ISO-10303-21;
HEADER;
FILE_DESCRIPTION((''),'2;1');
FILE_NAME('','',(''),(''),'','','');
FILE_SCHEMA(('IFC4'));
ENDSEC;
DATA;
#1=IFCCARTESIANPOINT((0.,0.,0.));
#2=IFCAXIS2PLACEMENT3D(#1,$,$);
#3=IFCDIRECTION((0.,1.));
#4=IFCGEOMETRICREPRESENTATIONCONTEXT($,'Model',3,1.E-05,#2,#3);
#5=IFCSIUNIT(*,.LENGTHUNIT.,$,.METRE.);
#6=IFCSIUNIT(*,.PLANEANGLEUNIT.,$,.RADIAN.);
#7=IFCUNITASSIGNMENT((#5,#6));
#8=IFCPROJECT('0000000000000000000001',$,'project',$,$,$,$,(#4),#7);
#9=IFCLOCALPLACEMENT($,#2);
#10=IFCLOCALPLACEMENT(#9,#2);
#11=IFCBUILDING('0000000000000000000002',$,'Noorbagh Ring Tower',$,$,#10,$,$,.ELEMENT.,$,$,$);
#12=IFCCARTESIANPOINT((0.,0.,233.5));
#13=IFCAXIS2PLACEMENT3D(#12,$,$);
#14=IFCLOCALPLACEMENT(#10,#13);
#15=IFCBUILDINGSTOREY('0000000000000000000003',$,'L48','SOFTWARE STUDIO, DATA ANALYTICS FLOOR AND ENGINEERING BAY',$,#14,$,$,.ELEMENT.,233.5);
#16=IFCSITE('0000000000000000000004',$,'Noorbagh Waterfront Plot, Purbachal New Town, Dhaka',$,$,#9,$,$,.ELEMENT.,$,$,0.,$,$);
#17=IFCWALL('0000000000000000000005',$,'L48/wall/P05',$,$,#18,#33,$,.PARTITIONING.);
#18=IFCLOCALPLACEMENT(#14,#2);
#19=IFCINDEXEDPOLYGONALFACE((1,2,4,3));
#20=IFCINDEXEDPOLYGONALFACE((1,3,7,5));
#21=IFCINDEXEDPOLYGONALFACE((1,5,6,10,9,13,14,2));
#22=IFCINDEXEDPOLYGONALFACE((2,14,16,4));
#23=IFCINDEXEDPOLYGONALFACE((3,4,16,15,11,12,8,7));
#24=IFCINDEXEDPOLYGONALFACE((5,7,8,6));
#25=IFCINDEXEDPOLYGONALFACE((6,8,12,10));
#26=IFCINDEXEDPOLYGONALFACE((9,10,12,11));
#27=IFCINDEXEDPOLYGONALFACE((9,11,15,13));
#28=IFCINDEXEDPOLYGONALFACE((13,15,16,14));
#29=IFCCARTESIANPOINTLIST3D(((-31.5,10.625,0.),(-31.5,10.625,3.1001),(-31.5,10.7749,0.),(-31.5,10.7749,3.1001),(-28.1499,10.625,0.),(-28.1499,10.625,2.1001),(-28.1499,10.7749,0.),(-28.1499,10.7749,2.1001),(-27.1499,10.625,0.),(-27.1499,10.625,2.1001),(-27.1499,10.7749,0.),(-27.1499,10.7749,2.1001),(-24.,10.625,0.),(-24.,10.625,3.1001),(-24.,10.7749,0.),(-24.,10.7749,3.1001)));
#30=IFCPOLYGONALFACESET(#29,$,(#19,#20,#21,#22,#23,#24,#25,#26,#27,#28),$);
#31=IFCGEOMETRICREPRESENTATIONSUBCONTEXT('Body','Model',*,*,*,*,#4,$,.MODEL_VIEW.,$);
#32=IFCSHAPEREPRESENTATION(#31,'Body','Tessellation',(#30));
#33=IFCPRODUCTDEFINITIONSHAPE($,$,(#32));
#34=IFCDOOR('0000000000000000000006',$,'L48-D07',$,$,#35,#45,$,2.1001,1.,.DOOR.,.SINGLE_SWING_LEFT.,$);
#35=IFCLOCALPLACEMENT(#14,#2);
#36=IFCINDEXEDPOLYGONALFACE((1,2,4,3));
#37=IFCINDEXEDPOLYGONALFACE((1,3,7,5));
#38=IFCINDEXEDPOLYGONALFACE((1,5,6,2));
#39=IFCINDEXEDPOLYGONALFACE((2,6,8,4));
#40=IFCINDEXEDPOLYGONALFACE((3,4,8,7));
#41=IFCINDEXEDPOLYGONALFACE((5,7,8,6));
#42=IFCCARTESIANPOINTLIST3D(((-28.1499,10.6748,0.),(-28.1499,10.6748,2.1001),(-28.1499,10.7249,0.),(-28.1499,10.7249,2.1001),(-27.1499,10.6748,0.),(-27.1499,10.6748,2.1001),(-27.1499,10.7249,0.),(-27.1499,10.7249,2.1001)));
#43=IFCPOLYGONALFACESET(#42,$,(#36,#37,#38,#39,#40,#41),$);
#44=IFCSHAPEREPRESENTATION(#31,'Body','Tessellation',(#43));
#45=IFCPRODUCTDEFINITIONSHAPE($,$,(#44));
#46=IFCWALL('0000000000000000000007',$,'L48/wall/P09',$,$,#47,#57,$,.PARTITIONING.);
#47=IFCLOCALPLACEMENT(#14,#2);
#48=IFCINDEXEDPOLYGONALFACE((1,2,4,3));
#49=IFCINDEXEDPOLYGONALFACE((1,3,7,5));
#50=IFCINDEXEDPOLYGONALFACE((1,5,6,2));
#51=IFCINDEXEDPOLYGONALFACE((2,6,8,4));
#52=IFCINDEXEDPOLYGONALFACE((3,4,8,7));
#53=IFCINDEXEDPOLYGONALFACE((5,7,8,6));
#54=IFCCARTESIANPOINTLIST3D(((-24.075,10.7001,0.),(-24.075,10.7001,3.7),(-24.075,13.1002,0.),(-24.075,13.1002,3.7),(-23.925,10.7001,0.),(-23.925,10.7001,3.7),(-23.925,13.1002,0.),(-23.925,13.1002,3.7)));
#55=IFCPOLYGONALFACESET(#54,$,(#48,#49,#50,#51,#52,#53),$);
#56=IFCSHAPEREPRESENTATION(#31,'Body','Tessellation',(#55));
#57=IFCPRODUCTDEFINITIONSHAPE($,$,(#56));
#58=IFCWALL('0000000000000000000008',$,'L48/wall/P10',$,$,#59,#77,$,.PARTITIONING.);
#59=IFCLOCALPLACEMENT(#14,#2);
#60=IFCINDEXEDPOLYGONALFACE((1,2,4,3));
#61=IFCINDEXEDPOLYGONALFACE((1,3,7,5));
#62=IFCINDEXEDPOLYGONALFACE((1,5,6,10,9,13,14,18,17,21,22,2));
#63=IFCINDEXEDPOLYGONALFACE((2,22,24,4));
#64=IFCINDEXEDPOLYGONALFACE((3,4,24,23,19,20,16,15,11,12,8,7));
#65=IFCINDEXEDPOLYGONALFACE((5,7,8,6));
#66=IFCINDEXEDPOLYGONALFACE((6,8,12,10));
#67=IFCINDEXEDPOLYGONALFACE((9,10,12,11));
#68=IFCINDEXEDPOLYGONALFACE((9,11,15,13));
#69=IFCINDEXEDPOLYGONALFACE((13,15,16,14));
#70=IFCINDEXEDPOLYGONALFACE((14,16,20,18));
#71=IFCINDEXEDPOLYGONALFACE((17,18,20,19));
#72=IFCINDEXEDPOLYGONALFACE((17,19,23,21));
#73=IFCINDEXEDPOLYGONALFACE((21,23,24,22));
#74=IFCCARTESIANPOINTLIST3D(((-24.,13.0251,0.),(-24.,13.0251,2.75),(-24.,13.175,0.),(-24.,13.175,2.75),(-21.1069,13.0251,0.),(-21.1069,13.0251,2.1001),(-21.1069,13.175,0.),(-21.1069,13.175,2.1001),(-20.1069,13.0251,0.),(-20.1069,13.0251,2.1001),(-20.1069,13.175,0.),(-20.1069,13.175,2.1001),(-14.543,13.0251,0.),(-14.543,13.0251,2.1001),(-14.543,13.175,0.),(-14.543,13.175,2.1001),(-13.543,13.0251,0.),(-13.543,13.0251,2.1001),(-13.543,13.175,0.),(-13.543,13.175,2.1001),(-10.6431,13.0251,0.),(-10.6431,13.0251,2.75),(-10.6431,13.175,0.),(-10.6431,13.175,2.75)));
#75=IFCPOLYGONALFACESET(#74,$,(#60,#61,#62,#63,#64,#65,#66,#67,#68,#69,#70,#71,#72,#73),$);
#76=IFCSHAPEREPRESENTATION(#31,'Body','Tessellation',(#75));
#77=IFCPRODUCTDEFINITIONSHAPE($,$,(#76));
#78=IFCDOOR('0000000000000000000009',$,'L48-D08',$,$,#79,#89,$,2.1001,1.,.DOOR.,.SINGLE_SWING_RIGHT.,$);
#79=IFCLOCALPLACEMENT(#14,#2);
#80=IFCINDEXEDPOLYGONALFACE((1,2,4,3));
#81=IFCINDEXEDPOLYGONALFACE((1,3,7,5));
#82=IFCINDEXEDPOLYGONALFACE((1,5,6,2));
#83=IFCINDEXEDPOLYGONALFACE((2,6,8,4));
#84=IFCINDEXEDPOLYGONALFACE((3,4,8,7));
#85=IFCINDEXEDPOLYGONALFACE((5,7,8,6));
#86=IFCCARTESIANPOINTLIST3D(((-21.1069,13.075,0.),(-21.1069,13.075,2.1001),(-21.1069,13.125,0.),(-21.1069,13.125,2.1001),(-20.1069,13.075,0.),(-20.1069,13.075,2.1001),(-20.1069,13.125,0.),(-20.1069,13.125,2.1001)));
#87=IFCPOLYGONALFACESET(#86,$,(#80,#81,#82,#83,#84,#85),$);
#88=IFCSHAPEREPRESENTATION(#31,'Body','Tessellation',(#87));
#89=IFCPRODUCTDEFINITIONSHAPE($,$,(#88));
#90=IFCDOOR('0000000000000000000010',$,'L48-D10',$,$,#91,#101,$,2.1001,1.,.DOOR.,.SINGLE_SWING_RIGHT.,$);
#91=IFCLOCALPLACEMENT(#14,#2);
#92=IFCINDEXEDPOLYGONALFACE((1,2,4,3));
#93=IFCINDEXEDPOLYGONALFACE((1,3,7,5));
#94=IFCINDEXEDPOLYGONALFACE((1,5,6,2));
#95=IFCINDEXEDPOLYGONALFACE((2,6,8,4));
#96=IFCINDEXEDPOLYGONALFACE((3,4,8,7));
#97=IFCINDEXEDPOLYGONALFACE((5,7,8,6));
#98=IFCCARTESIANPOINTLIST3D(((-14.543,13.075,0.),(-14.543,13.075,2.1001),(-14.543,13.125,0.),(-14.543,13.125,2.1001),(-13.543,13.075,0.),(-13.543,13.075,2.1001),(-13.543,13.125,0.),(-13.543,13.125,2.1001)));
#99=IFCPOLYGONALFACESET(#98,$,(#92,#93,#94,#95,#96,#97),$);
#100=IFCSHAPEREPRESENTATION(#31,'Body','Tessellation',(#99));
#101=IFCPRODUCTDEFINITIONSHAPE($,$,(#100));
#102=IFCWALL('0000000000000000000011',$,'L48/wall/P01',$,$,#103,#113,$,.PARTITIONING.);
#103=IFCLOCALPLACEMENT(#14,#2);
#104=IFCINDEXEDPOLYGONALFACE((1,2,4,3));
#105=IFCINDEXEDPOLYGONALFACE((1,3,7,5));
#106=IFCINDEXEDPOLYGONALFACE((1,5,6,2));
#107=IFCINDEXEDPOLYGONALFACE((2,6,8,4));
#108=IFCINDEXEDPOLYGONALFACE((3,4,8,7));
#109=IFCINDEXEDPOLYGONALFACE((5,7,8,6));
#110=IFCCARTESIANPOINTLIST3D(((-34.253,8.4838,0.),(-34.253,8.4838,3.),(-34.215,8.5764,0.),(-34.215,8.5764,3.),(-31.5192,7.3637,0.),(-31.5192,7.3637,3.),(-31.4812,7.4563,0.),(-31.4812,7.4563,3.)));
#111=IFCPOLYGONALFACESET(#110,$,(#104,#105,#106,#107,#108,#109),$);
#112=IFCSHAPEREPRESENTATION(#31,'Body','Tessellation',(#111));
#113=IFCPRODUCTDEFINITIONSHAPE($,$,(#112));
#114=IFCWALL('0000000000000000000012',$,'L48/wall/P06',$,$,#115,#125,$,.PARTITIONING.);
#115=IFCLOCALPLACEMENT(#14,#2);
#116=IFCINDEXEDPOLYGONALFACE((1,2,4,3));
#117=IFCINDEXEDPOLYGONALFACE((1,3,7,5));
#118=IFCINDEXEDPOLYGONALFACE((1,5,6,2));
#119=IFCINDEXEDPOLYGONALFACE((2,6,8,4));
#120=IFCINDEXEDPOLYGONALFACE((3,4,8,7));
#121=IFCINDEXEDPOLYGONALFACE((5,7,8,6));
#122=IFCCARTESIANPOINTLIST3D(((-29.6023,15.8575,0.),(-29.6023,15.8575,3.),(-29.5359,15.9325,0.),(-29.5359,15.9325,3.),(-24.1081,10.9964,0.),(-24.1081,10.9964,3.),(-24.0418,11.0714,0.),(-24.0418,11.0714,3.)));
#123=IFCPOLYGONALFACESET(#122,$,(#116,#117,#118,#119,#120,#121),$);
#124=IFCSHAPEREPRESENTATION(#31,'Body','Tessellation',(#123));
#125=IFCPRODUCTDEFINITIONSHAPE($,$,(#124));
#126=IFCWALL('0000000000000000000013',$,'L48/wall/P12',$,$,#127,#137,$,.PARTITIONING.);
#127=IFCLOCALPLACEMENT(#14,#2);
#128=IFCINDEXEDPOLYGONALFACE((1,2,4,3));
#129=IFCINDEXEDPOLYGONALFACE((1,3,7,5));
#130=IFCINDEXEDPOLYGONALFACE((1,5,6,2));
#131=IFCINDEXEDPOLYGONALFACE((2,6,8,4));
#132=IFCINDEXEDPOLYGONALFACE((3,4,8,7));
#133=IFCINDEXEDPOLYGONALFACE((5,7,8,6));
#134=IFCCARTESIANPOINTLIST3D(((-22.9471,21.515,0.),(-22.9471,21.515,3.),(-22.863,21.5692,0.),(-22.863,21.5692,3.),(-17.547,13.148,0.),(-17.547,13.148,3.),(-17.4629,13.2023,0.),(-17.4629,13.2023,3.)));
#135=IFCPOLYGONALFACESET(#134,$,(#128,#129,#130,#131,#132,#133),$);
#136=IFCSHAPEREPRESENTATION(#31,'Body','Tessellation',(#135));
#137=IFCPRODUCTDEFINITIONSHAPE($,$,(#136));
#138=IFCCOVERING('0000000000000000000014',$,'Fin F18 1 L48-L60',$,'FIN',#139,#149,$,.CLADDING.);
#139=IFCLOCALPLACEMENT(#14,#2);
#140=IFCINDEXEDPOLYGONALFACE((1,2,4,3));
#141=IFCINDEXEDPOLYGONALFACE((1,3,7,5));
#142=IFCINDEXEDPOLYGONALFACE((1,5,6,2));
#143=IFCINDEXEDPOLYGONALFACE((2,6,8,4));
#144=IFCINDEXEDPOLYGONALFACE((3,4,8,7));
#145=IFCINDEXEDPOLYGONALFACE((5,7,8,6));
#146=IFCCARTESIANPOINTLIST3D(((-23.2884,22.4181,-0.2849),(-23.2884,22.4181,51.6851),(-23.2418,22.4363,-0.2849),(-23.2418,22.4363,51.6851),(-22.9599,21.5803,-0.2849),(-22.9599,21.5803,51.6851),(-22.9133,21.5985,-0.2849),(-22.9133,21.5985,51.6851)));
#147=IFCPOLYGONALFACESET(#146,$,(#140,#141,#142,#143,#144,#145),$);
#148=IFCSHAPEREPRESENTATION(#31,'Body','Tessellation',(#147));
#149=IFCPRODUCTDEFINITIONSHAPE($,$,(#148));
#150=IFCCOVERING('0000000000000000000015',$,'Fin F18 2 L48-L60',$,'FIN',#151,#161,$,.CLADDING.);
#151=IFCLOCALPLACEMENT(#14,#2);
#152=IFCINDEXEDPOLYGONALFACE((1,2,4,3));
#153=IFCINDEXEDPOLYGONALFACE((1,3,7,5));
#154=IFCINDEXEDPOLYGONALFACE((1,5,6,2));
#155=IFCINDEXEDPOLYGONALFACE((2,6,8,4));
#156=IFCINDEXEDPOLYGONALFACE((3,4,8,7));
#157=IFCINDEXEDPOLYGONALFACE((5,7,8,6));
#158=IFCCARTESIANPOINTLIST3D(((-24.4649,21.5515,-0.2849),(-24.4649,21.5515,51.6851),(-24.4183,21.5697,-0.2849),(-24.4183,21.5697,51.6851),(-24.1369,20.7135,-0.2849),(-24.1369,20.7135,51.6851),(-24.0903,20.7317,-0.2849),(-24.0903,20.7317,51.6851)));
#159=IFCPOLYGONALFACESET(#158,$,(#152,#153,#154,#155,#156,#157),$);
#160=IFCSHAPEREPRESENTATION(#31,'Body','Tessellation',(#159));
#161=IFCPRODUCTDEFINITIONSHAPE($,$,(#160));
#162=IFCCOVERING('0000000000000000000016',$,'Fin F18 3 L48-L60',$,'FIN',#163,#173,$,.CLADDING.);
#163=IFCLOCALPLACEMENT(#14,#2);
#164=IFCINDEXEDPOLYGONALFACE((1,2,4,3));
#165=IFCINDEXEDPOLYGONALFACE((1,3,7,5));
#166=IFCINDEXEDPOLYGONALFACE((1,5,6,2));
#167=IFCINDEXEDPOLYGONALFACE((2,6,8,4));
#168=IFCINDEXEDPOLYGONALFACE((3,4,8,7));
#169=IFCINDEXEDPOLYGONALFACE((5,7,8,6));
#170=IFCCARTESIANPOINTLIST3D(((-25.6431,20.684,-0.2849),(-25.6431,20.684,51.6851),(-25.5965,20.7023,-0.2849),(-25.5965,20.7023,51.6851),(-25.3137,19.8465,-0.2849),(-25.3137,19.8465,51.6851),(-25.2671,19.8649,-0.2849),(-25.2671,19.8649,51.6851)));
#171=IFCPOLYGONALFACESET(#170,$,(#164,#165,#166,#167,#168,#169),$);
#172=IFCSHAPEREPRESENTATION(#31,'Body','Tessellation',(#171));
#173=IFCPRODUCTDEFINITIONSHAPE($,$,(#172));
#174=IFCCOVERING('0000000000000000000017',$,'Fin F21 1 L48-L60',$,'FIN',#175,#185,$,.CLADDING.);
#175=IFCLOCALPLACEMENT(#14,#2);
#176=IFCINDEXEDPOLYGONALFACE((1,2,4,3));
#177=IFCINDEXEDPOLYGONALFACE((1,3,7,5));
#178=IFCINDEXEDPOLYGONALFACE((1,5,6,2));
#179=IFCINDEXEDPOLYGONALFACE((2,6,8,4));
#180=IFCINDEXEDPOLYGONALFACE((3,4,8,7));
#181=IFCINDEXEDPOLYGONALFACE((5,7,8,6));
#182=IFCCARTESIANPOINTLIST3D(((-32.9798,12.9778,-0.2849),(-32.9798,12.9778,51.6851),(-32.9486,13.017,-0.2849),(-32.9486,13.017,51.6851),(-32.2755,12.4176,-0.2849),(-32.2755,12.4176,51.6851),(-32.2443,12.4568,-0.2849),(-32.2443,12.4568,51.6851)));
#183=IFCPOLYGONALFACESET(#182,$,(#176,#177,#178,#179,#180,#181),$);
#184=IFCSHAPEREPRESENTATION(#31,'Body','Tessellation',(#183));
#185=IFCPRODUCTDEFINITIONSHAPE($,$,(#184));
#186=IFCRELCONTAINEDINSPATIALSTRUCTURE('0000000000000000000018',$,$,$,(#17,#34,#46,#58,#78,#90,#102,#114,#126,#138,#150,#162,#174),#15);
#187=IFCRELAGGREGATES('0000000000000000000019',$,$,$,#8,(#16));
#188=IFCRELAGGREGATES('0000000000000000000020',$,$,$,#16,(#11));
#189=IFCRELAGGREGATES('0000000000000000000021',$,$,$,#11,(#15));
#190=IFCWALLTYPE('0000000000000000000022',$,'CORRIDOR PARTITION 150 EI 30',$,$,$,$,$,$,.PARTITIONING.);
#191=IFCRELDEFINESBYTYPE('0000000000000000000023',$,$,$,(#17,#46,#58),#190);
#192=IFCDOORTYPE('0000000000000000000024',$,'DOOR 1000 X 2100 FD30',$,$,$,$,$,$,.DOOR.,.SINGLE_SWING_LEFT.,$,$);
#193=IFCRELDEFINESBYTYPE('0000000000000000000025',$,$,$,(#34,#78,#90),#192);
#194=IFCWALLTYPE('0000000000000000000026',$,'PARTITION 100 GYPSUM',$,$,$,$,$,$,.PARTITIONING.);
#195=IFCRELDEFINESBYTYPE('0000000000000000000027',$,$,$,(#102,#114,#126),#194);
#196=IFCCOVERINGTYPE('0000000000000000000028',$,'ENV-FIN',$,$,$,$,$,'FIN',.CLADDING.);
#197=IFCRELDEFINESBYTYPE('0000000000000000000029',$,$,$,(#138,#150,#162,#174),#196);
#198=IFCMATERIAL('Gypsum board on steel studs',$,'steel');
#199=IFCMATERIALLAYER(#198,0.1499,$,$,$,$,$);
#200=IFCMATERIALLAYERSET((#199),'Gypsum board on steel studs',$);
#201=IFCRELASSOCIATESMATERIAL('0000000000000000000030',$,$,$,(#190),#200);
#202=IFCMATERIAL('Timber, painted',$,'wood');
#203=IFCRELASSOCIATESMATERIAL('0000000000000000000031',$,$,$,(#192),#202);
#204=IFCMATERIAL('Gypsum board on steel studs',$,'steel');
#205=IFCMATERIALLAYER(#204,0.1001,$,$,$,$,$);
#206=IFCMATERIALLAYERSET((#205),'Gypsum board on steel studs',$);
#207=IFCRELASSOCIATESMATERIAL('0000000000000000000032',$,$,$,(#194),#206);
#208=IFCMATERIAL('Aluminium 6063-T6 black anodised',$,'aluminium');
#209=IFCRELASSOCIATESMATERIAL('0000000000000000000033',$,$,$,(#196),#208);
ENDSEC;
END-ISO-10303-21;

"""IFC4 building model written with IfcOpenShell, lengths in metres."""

from ifc_helpers import new_model, si_unit, direction, frame, frame_2d, origin, origin_2d, place, context, subcontext, project, spatial, rectangle, extrude, material, layer, layer_set, material_profile, profile_set, type_object, element, fill, save


model = new_model("IFC4")

# Units and contexts
model_context = context("Model", 3, precision=1e-05, world=origin(), true_north=direction((0.0, 1.0)))
body_context = subcontext(model_context, "Body", "Model", "MODEL_VIEW")
ifc_project = project(units=[si_unit("LENGTHUNIT", "METRE"), si_unit("PLANEANGLEUNIT", "RADIAN")], contexts=[model_context])

# Site, building, storey
site_placement = place(None, origin())
site = spatial("IfcSite", under=ifc_project, at=site_placement, Name="Noorbagh Waterfront Plot, Purbachal New Town, Dhaka", CompositionType="ELEMENT", RefElevation=0.0)
building_placement = place(site_placement, origin())
building = spatial("IfcBuilding", under=site, at=building_placement, Name="Noorbagh Ring Tower", CompositionType="ELEMENT")
storey_placement = place(building_placement, frame((0.0, 0.0, 233.5)))
storey = spatial("IfcBuildingStorey", under=building, at=storey_placement, Name="L48", Description="SOFTWARE STUDIO, DATA ANALYTICS FLOOR AND ENGINEERING BAY", CompositionType="ELEMENT", Elevation=233.5)

# Shared definitions
ifc_material_1 = material(Name="Gypsum board on steel studs", Category="steel")
ifc_layer_1 = layer(ifc_material_1, 0.1499)
ifc_layer_set_1 = layer_set([ifc_layer_1], Name="Gypsum board on steel studs")
wall_type_1 = type_object("IfcWallType", Name="CORRIDOR PARTITION 150 EI 30", PredefinedType="PARTITIONING", material=ifc_layer_set_1)

# Wall, opening, door
wall_1_placement = place(storey_placement, frame((-31.5, 10.7, 0.0), z_axis=(0.0, 0.0, 1.0), x_axis=(1.0, 0.0, 0.0)))
wall_1 = element("IfcWall", 1, at=wall_1_placement, inside=storey, type_object=wall_type_1, Name="L48/wall/P05", PredefinedType="PARTITIONING", context=body_context, shape_type="SweptSolid", body=[
    extrude(rectangle(XDim=7.5, YDim=0.1499, at=frame_2d((3.75, 0.0))), origin(), (0.0, 0.0, 1.0), 3.1001),
])
opening_1_placement = place(wall_1_placement, frame((3.3501, 0.0, 0.0)))
opening_1 = element("IfcOpeningElement", 2, at=opening_1_placement, cuts=wall_1, PredefinedType="OPENING", context=body_context, shape_type="SweptSolid", body=[
    extrude(rectangle(XDim=1.0, YDim=2.1001, at=frame_2d((0.5, 1.05))), frame((0.0, 0.085, 0.0), z_axis=(0.0, -1.0, 0.0), x_axis=(1.0, 0.0, 0.0)), (0.0, 0.0, 1.0), 0.1699),
])
ifc_material_2 = material(Name="Timber, painted", Category="wood")
door_type = type_object("IfcDoorType", Name="DOOR 1000 X 2100 FD30", OperationType="SINGLE_SWING_LEFT", PredefinedType="DOOR", material=ifc_material_2)
door_1_placement = place(opening_1_placement, origin())
door_1 = element("IfcDoor", 3, at=door_1_placement, inside=storey, type_object=door_type, Name="L48-D07", OperationType="SINGLE_SWING_LEFT", OverallHeight=2.1001, OverallWidth=1.0, PredefinedType="DOOR", context=body_context, shape_type="SweptSolid", body=[
    extrude(rectangle(XDim=1.0, YDim=2.1001, at=frame_2d((0.5, 1.05))), frame((0.0, 0.0249, 0.0), z_axis=(0.0, -1.0, 0.0), x_axis=(1.0, 0.0, 0.0)), (0.0, 0.0, 1.0), 0.05),
])
fill(opening_1, door_1)

# Wall
wall_2_placement = place(storey_placement, frame((-24.0, 10.7, 0.0), z_axis=(0.0, 0.0, 1.0), x_axis=(0.0, 1.0, 0.0)))
element("IfcWall", 4, at=wall_2_placement, inside=storey, type_object=wall_type_1, Name="L48/wall/P09", PredefinedType="PARTITIONING", context=body_context, shape_type="SweptSolid", body=[
    extrude(rectangle(XDim=2.4001, YDim=0.1499, at=frame_2d((1.2002, 0.0))), origin(), (0.0, 0.0, 1.0), 3.7),
])

# Wall, openings, doors
wall_3_placement = place(storey_placement, frame((-24.0, 13.1001, 0.0), z_axis=(0.0, 0.0, 1.0), x_axis=(1.0, 0.0, 0.0)))
wall_3 = element("IfcWall", 5, at=wall_3_placement, inside=storey, type_object=wall_type_1, Name="L48/wall/P10", PredefinedType="PARTITIONING", context=body_context, shape_type="SweptSolid", body=[
    extrude(rectangle(XDim=13.3569, YDim=0.1499, at=frame_2d((6.6785, 0.0))), origin(), (0.0, 0.0, 1.0), 2.75),
])
opening_2_placement = place(wall_3_placement, frame((2.8931, 0.0, 0.0)))
opening_2 = element("IfcOpeningElement", 6, at=opening_2_placement, cuts=wall_3, PredefinedType="OPENING", context=body_context, shape_type="SweptSolid", body=[
    extrude(rectangle(XDim=1.0, YDim=2.1001, at=frame_2d((0.5, 1.05))), frame((0.0, 0.085, 0.0), z_axis=(0.0, -1.0, 0.0), x_axis=(1.0, 0.0, 0.0)), (0.0, 0.0, 1.0), 0.1699),
])
opening_3_placement = place(wall_3_placement, frame((9.457, 0.0, 0.0)))
opening_3 = element("IfcOpeningElement", 7, at=opening_3_placement, cuts=wall_3, PredefinedType="OPENING", context=body_context, shape_type="SweptSolid", body=[
    extrude(rectangle(XDim=1.0, YDim=2.1001, at=frame_2d((0.5, 1.05))), frame((0.0, 0.085, 0.0), z_axis=(0.0, -1.0, 0.0), x_axis=(1.0, 0.0, 0.0)), (0.0, 0.0, 1.0), 0.1699),
])
door_2_placement = place(opening_2_placement, origin())
door_2 = element("IfcDoor", 8, at=door_2_placement, inside=storey, type_object=door_type, Name="L48-D08", OperationType="SINGLE_SWING_RIGHT", OverallHeight=2.1001, OverallWidth=1.0, PredefinedType="DOOR", context=body_context, shape_type="SweptSolid", body=[
    extrude(rectangle(XDim=1.0, YDim=2.1001, at=frame_2d((0.5, 1.05))), frame((0.0, 0.0249, 0.0), z_axis=(0.0, -1.0, 0.0), x_axis=(1.0, 0.0, 0.0)), (0.0, 0.0, 1.0), 0.05),
])
fill(opening_2, door_2)
door_3_placement = place(opening_3_placement, origin())
door_3 = element("IfcDoor", 9, at=door_3_placement, inside=storey, type_object=door_type, Name="L48-D10", OperationType="SINGLE_SWING_RIGHT", OverallHeight=2.1001, OverallWidth=1.0, PredefinedType="DOOR", context=body_context, shape_type="SweptSolid", body=[
    extrude(rectangle(XDim=1.0, YDim=2.1001, at=frame_2d((0.5, 1.05))), frame((0.0, 0.0249, 0.0), z_axis=(0.0, -1.0, 0.0), x_axis=(1.0, 0.0, 0.0)), (0.0, 0.0, 1.0), 0.05),
])
fill(opening_3, door_3)

# Walls
ifc_material_3 = material(Name="Gypsum board on steel studs", Category="steel")
ifc_layer_2 = layer(ifc_material_3, 0.1001)
ifc_layer_set_2 = layer_set([ifc_layer_2], Name="Gypsum board on steel studs")
wall_type_2 = type_object("IfcWallType", Name="PARTITION 100 GYPSUM", PredefinedType="PARTITIONING", material=ifc_layer_set_2)
wall_4_placement = place(storey_placement, frame((-34.2339, 8.53, 0.0), z_axis=(0.0, 0.0, 1.0), x_axis=(0.925344, -0.379128, 0.0)))
element("IfcWall", 10, at=wall_4_placement, inside=storey, type_object=wall_type_2, Name="L48/wall/P01", PredefinedType="PARTITIONING", context=body_context, shape_type="SweptSolid", body=[
    extrude(rectangle(XDim=2.9543, YDim=0.1001, at=frame_2d((1.4771, 0.0))), origin(), (0.0, 0.0, 1.0), 3.0),
])
wall_5_placement = place(storey_placement, frame((-29.5691, 15.895, 0.0), z_axis=(0.0, 0.0, 1.0), x_axis=(0.748937, -0.662641, 0.0)))
element("IfcWall", 11, at=wall_5_placement, inside=storey, type_object=wall_type_2, Name="L48/wall/P06", PredefinedType="PARTITIONING", context=body_context, shape_type="SweptSolid", body=[
    extrude(rectangle(XDim=7.3359, YDim=0.1001, at=frame_2d((3.668, 0.0))), origin(), (0.0, 0.0, 1.0), 3.0),
])
wall_6_placement = place(storey_placement, frame((-22.905, 21.542, 0.0), z_axis=(0.0, 0.0, 1.0), x_axis=(0.542277, -0.8402, 0.0)))
element("IfcWall", 12, at=wall_6_placement, inside=storey, type_object=wall_type_2, Name="L48/wall/P12", PredefinedType="PARTITIONING", context=body_context, shape_type="SweptSolid", body=[
    extrude(rectangle(XDim=9.9583, YDim=0.1001, at=frame_2d((4.979, 0.0))), origin(), (0.0, 0.0, 1.0), 3.0),
])

# Coverings
ifc_material_4 = material(Name="Aluminium 6063-T6 black anodised", Category="aluminium")
ifc_material_profile_1 = material_profile(ifc_material_4, rectangle(XDim=0.8999, YDim=0.05, at=origin_2d()), Name="900x50")
ifc_profile_set_1 = profile_set([ifc_material_profile_1], Name="Aluminium 6063-T6 black anodised")
covering_type = type_object("IfcCoveringType", Name="ENV-FIN", ElementType="FIN", PredefinedType="CLADDING", material=ifc_profile_set_1)
for number, where, z_axis, x_axis, name in (
    (13, (-23.1008, 22.0083, -0.2849), (0.0, 0.0, 1.0), (-0.365038, 0.930993, 0.0), "Fin F18 1 L48-L60"),
    (14, (-24.2776, 21.1416, -0.2849), (0.0, 0.0, 1.0), (-0.364533, 0.93119, 0.0), "Fin F18 2 L48-L60"),
    (15, (-25.4551, 20.2744, -0.2849), (0.0, 0.0, 1.0), (-0.366047, 0.930596, 0.0), "Fin F18 3 L48-L60"),
    (16, (-32.6121, 12.7173, -0.2849), (0.0, 0.0, 1.0), (-0.782644, 0.62247, 0.0), "Fin F21 1 L48-L60"),
):
    element("IfcCovering", number, at=place(storey_placement, frame(where, z_axis=z_axis, x_axis=x_axis)), inside=storey, type_object=covering_type, Name=name, ObjectType="FIN", PredefinedType="CLADDING", context=body_context, shape_type="SweptSolid", body=[
        extrude(rectangle(XDim=0.8999, YDim=0.05, at=origin_2d()), origin(), (0.0, 0.0, 1.0), 51.97),
    ])

save(model, "model.ifc")
